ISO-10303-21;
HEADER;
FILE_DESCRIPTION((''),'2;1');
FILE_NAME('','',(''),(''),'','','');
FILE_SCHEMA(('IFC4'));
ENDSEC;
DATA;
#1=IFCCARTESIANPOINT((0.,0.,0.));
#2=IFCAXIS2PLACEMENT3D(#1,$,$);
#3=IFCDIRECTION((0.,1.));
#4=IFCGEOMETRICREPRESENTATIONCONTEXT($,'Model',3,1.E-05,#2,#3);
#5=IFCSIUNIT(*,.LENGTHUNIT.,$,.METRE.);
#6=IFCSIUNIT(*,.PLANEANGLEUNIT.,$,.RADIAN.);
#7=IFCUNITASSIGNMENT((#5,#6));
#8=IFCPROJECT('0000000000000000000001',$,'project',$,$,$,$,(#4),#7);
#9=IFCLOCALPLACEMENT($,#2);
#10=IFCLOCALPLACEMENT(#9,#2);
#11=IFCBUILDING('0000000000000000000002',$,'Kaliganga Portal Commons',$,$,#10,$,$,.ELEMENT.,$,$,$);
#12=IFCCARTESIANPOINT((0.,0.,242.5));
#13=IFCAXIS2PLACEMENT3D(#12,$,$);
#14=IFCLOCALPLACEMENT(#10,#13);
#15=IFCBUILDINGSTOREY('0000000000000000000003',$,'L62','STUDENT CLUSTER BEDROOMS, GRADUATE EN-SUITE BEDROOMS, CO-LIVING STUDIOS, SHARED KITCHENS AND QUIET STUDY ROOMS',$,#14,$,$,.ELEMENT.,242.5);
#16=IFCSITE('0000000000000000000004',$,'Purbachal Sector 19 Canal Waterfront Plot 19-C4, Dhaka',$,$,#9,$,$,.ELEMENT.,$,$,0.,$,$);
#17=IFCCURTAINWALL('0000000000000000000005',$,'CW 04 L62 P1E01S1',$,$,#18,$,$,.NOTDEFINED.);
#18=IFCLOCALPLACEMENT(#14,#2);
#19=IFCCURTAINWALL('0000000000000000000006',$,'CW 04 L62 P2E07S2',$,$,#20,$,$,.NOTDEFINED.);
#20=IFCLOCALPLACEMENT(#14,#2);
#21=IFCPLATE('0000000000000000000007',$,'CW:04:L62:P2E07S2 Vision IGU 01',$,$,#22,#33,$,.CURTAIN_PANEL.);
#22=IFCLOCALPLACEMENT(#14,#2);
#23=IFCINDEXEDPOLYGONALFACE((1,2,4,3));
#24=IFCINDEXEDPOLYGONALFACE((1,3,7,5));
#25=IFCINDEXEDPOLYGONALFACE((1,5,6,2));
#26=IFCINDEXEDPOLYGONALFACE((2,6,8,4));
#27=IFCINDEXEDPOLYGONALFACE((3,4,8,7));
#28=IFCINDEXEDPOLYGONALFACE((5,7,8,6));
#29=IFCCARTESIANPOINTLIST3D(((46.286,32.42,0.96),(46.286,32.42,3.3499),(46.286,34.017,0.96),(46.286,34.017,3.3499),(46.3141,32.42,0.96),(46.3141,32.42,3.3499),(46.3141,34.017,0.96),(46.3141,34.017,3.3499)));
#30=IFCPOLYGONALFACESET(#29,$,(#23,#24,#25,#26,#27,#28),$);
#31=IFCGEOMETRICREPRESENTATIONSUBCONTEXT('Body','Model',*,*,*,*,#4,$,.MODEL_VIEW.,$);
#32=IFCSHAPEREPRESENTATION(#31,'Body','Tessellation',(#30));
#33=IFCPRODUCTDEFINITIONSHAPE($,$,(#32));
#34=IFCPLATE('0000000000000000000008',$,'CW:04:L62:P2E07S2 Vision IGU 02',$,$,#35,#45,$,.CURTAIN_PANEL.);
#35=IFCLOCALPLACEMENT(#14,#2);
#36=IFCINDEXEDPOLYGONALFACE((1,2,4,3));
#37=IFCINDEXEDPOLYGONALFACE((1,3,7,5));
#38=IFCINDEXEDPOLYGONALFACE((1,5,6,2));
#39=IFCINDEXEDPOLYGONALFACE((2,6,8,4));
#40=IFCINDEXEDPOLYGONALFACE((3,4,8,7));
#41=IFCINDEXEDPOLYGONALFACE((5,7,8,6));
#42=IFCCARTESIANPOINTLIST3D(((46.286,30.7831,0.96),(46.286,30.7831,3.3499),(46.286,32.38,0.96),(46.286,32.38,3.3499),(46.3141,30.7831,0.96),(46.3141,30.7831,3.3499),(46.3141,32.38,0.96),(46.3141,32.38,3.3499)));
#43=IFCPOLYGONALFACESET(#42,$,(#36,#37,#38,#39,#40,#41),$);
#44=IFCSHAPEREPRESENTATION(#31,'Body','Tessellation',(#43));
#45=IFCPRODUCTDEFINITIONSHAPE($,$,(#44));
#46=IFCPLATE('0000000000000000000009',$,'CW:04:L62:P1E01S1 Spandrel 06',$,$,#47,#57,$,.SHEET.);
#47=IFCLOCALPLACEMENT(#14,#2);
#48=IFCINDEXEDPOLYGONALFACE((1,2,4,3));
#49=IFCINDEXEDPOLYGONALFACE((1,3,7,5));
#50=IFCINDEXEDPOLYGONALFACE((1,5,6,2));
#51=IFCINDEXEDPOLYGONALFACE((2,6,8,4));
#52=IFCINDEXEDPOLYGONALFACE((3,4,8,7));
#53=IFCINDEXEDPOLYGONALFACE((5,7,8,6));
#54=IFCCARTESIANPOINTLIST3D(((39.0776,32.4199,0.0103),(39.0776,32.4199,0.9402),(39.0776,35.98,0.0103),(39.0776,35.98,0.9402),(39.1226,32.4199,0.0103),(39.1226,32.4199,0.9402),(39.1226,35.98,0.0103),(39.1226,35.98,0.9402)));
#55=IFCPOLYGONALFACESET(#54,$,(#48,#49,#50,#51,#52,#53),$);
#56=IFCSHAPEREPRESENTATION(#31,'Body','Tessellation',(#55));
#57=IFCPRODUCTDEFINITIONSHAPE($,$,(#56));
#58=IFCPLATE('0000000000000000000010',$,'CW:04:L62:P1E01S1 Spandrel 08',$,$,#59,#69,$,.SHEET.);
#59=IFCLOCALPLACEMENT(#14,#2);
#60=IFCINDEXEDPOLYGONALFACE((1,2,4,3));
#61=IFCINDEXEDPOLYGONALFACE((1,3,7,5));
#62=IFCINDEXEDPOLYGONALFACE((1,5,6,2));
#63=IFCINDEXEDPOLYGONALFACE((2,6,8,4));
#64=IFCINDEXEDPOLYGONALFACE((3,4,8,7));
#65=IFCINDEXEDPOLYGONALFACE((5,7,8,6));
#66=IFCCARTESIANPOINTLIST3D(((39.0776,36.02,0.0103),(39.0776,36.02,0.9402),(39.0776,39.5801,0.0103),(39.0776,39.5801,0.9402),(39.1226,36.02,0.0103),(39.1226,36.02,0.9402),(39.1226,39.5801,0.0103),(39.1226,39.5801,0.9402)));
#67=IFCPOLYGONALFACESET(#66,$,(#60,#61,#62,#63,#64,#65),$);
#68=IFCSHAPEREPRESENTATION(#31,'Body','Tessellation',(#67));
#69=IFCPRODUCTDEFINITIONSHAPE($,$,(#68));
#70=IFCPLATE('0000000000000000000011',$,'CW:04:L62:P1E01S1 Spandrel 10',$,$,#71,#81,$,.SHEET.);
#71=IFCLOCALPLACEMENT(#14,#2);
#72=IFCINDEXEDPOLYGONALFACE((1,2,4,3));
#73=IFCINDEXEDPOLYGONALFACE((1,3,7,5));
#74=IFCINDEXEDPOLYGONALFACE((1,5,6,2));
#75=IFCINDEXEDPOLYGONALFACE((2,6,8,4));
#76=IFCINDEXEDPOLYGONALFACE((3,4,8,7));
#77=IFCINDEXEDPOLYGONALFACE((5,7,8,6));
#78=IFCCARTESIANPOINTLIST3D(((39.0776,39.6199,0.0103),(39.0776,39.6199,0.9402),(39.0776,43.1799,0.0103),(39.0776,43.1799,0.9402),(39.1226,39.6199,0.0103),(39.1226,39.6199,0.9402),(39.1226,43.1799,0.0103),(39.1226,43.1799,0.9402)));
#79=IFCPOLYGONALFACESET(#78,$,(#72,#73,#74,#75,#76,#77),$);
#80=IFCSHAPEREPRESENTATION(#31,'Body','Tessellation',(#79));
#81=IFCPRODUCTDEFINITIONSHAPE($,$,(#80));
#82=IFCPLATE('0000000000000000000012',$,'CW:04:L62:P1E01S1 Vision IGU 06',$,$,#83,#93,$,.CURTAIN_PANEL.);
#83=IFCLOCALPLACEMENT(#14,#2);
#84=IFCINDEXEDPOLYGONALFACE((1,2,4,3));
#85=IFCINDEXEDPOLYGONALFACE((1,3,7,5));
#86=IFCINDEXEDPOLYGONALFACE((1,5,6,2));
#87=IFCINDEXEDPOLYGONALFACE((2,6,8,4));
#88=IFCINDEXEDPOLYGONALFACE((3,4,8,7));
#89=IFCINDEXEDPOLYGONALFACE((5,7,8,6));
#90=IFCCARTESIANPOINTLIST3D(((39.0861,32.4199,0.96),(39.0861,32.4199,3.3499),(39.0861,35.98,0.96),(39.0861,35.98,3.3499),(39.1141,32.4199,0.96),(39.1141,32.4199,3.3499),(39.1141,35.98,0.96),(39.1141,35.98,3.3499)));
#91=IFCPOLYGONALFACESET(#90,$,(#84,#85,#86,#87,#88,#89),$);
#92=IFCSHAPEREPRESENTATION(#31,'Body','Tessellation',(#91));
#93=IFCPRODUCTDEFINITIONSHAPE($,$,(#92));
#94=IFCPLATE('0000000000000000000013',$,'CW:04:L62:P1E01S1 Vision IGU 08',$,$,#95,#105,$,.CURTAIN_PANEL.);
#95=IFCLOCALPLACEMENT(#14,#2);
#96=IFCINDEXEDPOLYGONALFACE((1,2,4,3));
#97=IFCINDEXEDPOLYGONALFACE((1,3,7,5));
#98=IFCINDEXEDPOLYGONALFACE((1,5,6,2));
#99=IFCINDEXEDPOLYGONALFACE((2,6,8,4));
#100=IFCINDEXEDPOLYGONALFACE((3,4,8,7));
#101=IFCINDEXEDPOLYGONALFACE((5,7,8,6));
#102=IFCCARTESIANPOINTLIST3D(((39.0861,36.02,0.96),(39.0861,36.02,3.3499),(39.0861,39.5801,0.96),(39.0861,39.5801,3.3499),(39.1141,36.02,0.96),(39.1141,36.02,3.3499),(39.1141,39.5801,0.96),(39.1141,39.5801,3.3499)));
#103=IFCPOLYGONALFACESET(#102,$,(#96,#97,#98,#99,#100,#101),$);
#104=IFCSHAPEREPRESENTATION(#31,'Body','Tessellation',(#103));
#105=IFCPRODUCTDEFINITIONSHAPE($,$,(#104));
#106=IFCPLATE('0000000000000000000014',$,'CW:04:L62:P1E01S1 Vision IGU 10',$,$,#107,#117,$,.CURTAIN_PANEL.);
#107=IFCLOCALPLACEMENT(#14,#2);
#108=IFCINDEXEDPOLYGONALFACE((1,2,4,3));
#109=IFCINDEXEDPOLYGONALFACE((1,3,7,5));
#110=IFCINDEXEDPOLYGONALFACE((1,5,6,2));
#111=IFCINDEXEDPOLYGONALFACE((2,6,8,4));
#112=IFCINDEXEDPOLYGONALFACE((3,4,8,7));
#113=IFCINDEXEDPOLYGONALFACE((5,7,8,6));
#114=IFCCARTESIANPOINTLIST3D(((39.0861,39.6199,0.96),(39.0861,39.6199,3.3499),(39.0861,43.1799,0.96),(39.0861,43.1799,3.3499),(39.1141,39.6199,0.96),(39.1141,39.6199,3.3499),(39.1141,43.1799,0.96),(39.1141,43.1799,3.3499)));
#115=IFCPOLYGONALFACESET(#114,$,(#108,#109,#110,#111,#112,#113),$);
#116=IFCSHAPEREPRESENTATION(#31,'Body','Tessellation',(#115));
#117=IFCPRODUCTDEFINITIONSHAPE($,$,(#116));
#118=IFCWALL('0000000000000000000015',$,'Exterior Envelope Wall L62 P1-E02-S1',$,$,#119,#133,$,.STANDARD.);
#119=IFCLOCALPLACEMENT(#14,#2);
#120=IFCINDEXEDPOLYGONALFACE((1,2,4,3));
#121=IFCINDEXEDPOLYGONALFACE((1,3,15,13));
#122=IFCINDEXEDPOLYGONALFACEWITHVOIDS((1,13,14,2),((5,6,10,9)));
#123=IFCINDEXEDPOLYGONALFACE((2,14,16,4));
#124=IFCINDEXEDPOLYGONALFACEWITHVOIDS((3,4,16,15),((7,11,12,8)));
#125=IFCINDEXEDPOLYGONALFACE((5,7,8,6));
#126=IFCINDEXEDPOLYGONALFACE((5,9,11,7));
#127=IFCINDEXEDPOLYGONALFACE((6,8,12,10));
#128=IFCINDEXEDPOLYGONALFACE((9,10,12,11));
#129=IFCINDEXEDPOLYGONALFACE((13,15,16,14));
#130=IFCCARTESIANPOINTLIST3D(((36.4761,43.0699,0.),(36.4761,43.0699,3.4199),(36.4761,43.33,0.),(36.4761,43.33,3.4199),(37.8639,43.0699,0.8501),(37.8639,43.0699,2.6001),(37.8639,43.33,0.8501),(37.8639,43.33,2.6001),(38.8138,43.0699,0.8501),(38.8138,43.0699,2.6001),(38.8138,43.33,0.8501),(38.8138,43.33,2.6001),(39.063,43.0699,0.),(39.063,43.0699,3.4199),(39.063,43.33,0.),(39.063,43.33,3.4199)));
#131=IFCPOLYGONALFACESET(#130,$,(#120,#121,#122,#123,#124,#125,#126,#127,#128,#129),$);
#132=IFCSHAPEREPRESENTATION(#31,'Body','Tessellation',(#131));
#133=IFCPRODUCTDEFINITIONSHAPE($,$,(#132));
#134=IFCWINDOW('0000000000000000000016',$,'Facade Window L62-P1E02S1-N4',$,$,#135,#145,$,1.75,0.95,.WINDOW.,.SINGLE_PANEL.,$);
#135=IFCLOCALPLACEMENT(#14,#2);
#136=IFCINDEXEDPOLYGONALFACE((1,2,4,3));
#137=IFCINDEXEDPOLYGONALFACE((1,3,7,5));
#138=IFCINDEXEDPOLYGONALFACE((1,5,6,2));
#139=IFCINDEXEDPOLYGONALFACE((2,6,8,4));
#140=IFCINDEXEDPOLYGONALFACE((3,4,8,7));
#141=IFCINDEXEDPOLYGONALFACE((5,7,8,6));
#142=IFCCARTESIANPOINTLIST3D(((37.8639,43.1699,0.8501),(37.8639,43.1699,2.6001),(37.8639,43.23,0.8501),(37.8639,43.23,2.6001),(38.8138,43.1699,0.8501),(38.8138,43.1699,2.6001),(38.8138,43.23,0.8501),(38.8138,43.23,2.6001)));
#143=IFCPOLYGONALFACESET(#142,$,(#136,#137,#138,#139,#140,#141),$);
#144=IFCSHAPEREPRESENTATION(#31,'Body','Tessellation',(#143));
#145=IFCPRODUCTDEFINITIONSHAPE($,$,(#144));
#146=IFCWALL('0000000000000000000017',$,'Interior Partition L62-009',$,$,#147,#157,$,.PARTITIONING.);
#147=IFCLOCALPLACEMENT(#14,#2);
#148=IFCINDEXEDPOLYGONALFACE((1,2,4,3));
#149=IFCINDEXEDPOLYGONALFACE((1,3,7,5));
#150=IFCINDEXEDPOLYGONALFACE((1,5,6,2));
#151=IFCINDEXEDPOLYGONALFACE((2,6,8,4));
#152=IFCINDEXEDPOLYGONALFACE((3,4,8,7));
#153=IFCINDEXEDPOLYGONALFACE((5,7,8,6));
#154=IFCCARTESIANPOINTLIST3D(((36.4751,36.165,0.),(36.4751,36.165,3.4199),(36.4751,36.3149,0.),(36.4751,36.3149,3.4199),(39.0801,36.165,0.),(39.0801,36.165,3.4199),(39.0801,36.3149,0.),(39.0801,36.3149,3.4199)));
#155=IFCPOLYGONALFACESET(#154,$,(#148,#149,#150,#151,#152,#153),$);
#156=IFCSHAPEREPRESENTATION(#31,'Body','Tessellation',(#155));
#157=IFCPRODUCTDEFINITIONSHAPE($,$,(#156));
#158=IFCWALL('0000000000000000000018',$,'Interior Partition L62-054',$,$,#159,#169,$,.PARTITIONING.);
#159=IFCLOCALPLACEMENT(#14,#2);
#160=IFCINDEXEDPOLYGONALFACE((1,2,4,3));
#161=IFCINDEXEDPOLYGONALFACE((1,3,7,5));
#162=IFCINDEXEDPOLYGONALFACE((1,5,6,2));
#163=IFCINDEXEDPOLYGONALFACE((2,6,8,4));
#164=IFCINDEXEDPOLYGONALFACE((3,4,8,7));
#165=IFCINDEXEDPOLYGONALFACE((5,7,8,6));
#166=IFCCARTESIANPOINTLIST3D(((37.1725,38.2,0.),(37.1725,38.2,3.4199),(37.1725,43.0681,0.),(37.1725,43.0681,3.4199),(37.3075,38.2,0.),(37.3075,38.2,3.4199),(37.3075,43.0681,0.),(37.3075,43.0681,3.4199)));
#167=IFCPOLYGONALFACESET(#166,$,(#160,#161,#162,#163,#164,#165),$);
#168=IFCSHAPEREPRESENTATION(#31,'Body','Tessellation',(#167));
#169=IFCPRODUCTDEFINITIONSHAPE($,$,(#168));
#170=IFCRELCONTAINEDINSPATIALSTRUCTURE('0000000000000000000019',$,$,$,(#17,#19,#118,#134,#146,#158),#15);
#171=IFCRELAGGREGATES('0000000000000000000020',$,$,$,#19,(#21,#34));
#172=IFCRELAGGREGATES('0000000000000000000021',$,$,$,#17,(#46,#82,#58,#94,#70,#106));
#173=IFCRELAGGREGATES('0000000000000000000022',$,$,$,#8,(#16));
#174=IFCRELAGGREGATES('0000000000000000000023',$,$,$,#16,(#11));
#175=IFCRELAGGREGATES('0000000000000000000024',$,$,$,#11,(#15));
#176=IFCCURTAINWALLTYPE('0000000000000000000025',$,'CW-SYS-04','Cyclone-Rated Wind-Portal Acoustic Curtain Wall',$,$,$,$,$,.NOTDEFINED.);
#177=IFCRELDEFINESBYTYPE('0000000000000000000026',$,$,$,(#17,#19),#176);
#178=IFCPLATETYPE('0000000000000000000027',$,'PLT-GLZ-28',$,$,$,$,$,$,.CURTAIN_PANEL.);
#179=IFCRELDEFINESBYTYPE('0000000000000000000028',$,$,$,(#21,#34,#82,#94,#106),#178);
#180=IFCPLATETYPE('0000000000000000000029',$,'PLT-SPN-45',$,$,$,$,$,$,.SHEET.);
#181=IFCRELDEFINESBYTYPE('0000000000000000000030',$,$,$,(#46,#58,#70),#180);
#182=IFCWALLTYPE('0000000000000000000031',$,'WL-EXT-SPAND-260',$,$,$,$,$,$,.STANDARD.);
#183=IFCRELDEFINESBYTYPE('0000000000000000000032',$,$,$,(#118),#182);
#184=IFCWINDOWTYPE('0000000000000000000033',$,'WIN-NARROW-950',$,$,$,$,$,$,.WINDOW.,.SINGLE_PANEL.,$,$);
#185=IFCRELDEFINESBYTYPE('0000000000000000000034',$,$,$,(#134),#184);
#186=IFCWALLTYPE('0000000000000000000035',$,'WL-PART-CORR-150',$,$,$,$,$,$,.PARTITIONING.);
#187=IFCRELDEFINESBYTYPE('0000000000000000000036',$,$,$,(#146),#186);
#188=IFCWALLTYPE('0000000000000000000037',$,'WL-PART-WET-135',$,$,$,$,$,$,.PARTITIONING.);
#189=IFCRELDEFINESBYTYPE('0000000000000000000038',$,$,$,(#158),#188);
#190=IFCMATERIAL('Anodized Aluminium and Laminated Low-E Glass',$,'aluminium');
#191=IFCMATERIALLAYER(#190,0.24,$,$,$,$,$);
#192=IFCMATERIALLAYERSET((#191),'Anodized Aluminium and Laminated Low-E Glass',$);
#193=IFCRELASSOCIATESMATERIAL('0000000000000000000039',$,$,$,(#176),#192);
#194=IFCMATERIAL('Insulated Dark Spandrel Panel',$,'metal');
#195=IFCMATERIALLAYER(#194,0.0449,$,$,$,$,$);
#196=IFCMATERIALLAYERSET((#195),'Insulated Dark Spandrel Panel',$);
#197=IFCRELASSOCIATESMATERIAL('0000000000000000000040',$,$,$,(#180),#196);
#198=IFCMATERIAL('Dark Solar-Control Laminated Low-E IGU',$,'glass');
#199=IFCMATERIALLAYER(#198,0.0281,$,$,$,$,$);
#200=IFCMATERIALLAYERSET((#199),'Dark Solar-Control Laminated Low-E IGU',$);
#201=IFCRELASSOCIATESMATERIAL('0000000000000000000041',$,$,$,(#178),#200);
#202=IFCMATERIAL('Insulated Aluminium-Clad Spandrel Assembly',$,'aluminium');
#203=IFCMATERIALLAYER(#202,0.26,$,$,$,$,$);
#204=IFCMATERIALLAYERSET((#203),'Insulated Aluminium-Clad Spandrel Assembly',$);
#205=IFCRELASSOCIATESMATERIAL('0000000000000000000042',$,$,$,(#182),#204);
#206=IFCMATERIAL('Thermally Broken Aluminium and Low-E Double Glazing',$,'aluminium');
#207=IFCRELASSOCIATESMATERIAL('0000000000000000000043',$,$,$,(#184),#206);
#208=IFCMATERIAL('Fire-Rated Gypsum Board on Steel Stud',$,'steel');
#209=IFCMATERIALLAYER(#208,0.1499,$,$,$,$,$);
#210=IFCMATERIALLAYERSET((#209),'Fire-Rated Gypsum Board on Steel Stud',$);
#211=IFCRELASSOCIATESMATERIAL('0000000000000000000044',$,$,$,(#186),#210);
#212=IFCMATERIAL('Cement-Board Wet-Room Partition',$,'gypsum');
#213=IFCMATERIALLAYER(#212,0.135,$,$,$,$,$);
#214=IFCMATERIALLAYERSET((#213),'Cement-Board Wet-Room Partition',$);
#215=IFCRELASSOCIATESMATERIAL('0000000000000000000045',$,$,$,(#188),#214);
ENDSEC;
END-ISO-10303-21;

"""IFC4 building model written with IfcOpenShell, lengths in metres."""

from ifc_helpers import new_model, si_unit, direction, frame, frame_2d, origin, origin_2d, place, context, subcontext, project, spatial, rectangle, extrude, source, transform, mapped, material, layer, layer_set, type_object, element, fill, aggregate, save


model = new_model("IFC4")

# Units and contexts
model_context = context("Model", 3, precision=1e-05, world=origin(), true_north=direction((0.0, 1.0)))
body_context = subcontext(model_context, "Body", "Model", "MODEL_VIEW")
ifc_project = project(units=[si_unit("LENGTHUNIT", "METRE"), si_unit("PLANEANGLEUNIT", "RADIAN")], contexts=[model_context])

# Site, building, storey
site_placement = place(None, origin())
site = spatial("IfcSite", under=ifc_project, at=site_placement, Name="Purbachal Sector 19 Canal Waterfront Plot 19-C4, Dhaka", CompositionType="ELEMENT", RefElevation=0.0)
building_placement = place(site_placement, origin())
building = spatial("IfcBuilding", under=site, at=building_placement, Name="Kaliganga Portal Commons", CompositionType="ELEMENT")
storey_placement = place(building_placement, frame((0.0, 0.0, 242.5)))
storey = spatial("IfcBuildingStorey", under=building, at=storey_placement, Name="L62", Description="STUDENT CLUSTER BEDROOMS, GRADUATE EN-SUITE BEDROOMS, CO-LIVING STUDIOS, SHARED KITCHENS AND QUIET STUDY ROOMS", CompositionType="ELEMENT", Elevation=242.5)

# Curtain wall
ifc_material_1 = material(Name="Anodized Aluminium and Laminated Low-E Glass", Category="aluminium")
ifc_layer_1 = layer(ifc_material_1, 0.24)
ifc_layer_set_1 = layer_set([ifc_layer_1], Name="Anodized Aluminium and Laminated Low-E Glass")
curtain_wall_type = type_object("IfcCurtainWallType", Name="CW-SYS-04", Description="Cyclone-Rated Wind-Portal Acoustic Curtain Wall", PredefinedType="NOTDEFINED", material=ifc_layer_set_1)
curtain_wall_1_placement = place(storey_placement, origin())
curtain_wall_1 = element("IfcCurtainWall", 1, at=curtain_wall_1_placement, inside=storey, type_object=curtain_wall_type, Name="CW 04 L62 P1E01S1", PredefinedType="NOTDEFINED")

# Curtain wall, plates
curtain_wall_2_placement = place(storey_placement, origin())
curtain_wall_2 = element("IfcCurtainWall", 2, at=curtain_wall_2_placement, inside=storey, type_object=curtain_wall_type, Name="CW 04 L62 P2E07S2", PredefinedType="NOTDEFINED")
ifc_material_2 = material(Name="Insulated Dark Spandrel Panel", Category="metal")
ifc_layer_2 = layer(ifc_material_2, 0.0449)
ifc_layer_set_2 = layer_set([ifc_layer_2], Name="Insulated Dark Spandrel Panel")
plate_type_1 = type_object("IfcPlateType", Name="PLT-SPN-45", PredefinedType="SHEET", material=ifc_layer_set_2)
ifc_material_3 = material(Name="Dark Solar-Control Laminated Low-E IGU", Category="glass")
ifc_layer_3 = layer(ifc_material_3, 0.0281)
ifc_layer_set_3 = layer_set([ifc_layer_3], Name="Dark Solar-Control Laminated Low-E IGU")
plate_type_2 = type_object("IfcPlateType", Name="PLT-GLZ-28", PredefinedType="CURTAIN_PANEL", material=ifc_layer_set_3)
shared_shape_1 = source(origin(), body_context, "Body", "SweptSolid", [
    extrude(rectangle(XDim=1.5969, YDim=0.0281, at=origin_2d()), origin(), (0.0, 0.0, 1.0), 2.3899),
])
plate_1_placement = place(storey_placement, frame((46.3, 33.2185, 0.96), z_axis=(0.0, 0.0, 1.0), x_axis=(0.0, -1.0, 0.0)))
plate_1 = element("IfcPlate", 3, at=plate_1_placement, type_object=plate_type_2, Name="CW:04:L62:P2E07S2 Vision IGU 01", PredefinedType="CURTAIN_PANEL", context=body_context, shape_type="MappedRepresentation", body=[
    mapped(shared_shape_1, transform((0.0, 0.0, 0.0), x_axis=(1.0, 0.0, 0.0), y_axis=(0.0, 1.0, 0.0), z_axis=(0.0, 0.0, 1.0), scale=1.0)),
])
plate_2_placement = place(storey_placement, frame((46.3, 31.5815, 0.96), z_axis=(0.0, 0.0, 1.0), x_axis=(0.0, -1.0, 0.0)))
plate_2 = element("IfcPlate", 4, at=plate_2_placement, type_object=plate_type_2, Name="CW:04:L62:P2E07S2 Vision IGU 02", PredefinedType="CURTAIN_PANEL", context=body_context, shape_type="MappedRepresentation", body=[
    mapped(shared_shape_1, transform((0.0, 0.0, 0.0), x_axis=(1.0, 0.0, 0.0), y_axis=(0.0, 1.0, 0.0), z_axis=(0.0, 0.0, 1.0), scale=1.0)),
])
aggregate(curtain_wall_2, [plate_1, plate_2])

# Plates
shared_shape_2 = source(origin(), body_context, "Body", "SweptSolid", [
    extrude(rectangle(XDim=3.5601, YDim=0.0449, at=origin_2d()), origin(), (0.0, 0.0, 1.0), 0.9299),
])
plate_3_placement = place(storey_placement, frame((39.1001, 34.2, 0.0103), z_axis=(0.0, 0.0, 1.0), x_axis=(0.0, 1.0, 0.0)))
plate_3 = element("IfcPlate", 5, at=plate_3_placement, type_object=plate_type_1, Name="CW:04:L62:P1E01S1 Spandrel 06", PredefinedType="SHEET", context=body_context, shape_type="MappedRepresentation", body=[
    mapped(shared_shape_2, transform((0.0, 0.0, 0.0), x_axis=(1.0, 0.0, 0.0), y_axis=(0.0, 1.0, 0.0), z_axis=(0.0, 0.0, 1.0), scale=1.0)),
])
plate_4_placement = place(storey_placement, frame((39.1001, 37.8, 0.0103), z_axis=(0.0, 0.0, 1.0), x_axis=(0.0, 1.0, 0.0)))
plate_4 = element("IfcPlate", 6, at=plate_4_placement, type_object=plate_type_1, Name="CW:04:L62:P1E01S1 Spandrel 08", PredefinedType="SHEET", context=body_context, shape_type="MappedRepresentation", body=[
    mapped(shared_shape_2, transform((0.0, 0.0, 0.0), x_axis=(1.0, 0.0, 0.0), y_axis=(0.0, 1.0, 0.0), z_axis=(0.0, 0.0, 1.0), scale=1.0)),
])
plate_5_placement = place(storey_placement, frame((39.1001, 41.3999, 0.0103), z_axis=(0.0, 0.0, 1.0), x_axis=(0.0, 1.0, 0.0)))
plate_5 = element("IfcPlate", 7, at=plate_5_placement, type_object=plate_type_1, Name="CW:04:L62:P1E01S1 Spandrel 10", PredefinedType="SHEET", context=body_context, shape_type="MappedRepresentation", body=[
    mapped(shared_shape_2, transform((0.0, 0.0, 0.0), x_axis=(1.0, 0.0, 0.0), y_axis=(0.0, 1.0, 0.0), z_axis=(0.0, 0.0, 1.0), scale=1.0)),
])
shared_shape_3 = source(origin(), body_context, "Body", "SweptSolid", [
    extrude(rectangle(XDim=3.5601, YDim=0.0281, at=origin_2d()), origin(), (0.0, 0.0, 1.0), 2.3899),
])
plate_6_placement = place(storey_placement, frame((39.1001, 34.2, 0.96), z_axis=(0.0, 0.0, 1.0), x_axis=(0.0, 1.0, 0.0)))
plate_6 = element("IfcPlate", 8, at=plate_6_placement, type_object=plate_type_2, Name="CW:04:L62:P1E01S1 Vision IGU 06", PredefinedType="CURTAIN_PANEL", context=body_context, shape_type="MappedRepresentation", body=[
    mapped(shared_shape_3, transform((0.0, 0.0, 0.0), x_axis=(1.0, 0.0, 0.0), y_axis=(0.0, 1.0, 0.0), z_axis=(0.0, 0.0, 1.0), scale=1.0)),
])
plate_7_placement = place(storey_placement, frame((39.1001, 37.8, 0.96), z_axis=(0.0, 0.0, 1.0), x_axis=(0.0, 1.0, 0.0)))
plate_7 = element("IfcPlate", 9, at=plate_7_placement, type_object=plate_type_2, Name="CW:04:L62:P1E01S1 Vision IGU 08", PredefinedType="CURTAIN_PANEL", context=body_context, shape_type="MappedRepresentation", body=[
    mapped(shared_shape_3, transform((0.0, 0.0, 0.0), x_axis=(1.0, 0.0, 0.0), y_axis=(0.0, 1.0, 0.0), z_axis=(0.0, 0.0, 1.0), scale=1.0)),
])
plate_8_placement = place(storey_placement, frame((39.1001, 41.3999, 0.96), z_axis=(0.0, 0.0, 1.0), x_axis=(0.0, 1.0, 0.0)))
plate_8 = element("IfcPlate", 10, at=plate_8_placement, type_object=plate_type_2, Name="CW:04:L62:P1E01S1 Vision IGU 10", PredefinedType="CURTAIN_PANEL", context=body_context, shape_type="MappedRepresentation", body=[
    mapped(shared_shape_3, transform((0.0, 0.0, 0.0), x_axis=(1.0, 0.0, 0.0), y_axis=(0.0, 1.0, 0.0), z_axis=(0.0, 0.0, 1.0), scale=1.0)),
])
aggregate(curtain_wall_1, [plate_3, plate_6, plate_4, plate_7, plate_5, plate_8])

# Wall, opening, window
ifc_material_4 = material(Name="Insulated Aluminium-Clad Spandrel Assembly", Category="aluminium")
ifc_layer_4 = layer(ifc_material_4, 0.26)
ifc_layer_set_4 = layer_set([ifc_layer_4], Name="Insulated Aluminium-Clad Spandrel Assembly")
wall_type_1 = type_object("IfcWallType", Name="WL-EXT-SPAND-260", PredefinedType="STANDARD", material=ifc_layer_set_4)
wall_1_placement = place(storey_placement, frame((36.4761, 43.2, 0.0), z_axis=(0.0, 0.0, 1.0), x_axis=(1.0, 0.0, 0.0)))
wall_1 = element("IfcWall", 11, at=wall_1_placement, inside=storey, type_object=wall_type_1, Name="Exterior Envelope Wall L62 P1-E02-S1", PredefinedType="STANDARD", context=body_context, shape_type="SweptSolid", body=[
    extrude(rectangle(XDim=2.5869, YDim=0.26, at=frame_2d((1.2935, 0.0))), origin(), (0.0, 0.0, 1.0), 3.4199),
])
opening_1_placement = place(wall_1_placement, frame((1.3877, 0.0, 0.8501)))
opening_1 = element("IfcOpeningElement", 12, at=opening_1_placement, cuts=wall_1, PredefinedType="OPENING", context=body_context, shape_type="SweptSolid", body=[
    extrude(rectangle(XDim=0.95, YDim=1.75, at=frame_2d((0.4751, 0.875))), frame((0.0, 0.1401, 0.0), z_axis=(0.0, -1.0, 0.0), x_axis=(1.0, 0.0, 0.0)), (0.0, 0.0, 1.0), 0.28),
])
ifc_material_5 = material(Name="Thermally Broken Aluminium and Low-E Double Glazing", Category="aluminium")
window_type = type_object("IfcWindowType", Name="WIN-NARROW-950", PartitioningType="SINGLE_PANEL", PredefinedType="WINDOW", material=ifc_material_5)
window_placement = place(opening_1_placement, origin())
window = element("IfcWindow", 13, at=window_placement, inside=storey, type_object=window_type, Name="Facade Window L62-P1E02S1-N4", OverallHeight=1.75, OverallWidth=0.95, PartitioningType="SINGLE_PANEL", PredefinedType="WINDOW", context=body_context, shape_type="SweptSolid", body=[
    extrude(rectangle(XDim=0.95, YDim=1.75, at=frame_2d((0.4751, 0.875))), frame((0.0, 0.03, 0.0), z_axis=(0.0, -1.0, 0.0), x_axis=(1.0, 0.0, 0.0)), (0.0, 0.0, 1.0), 0.0601),
])
fill(opening_1, window)

# Wall
ifc_material_6 = material(Name="Fire-Rated Gypsum Board on Steel Stud", Category="steel")
ifc_layer_5 = layer(ifc_material_6, 0.1499)
ifc_layer_set_5 = layer_set([ifc_layer_5], Name="Fire-Rated Gypsum Board on Steel Stud")
wall_type_2 = type_object("IfcWallType", Name="WL-PART-CORR-150", PredefinedType="PARTITIONING", material=ifc_layer_set_5)
wall_2_placement = place(storey_placement, frame((36.4751, 36.24, 0.0), z_axis=(0.0, 0.0, 1.0), x_axis=(1.0, 0.0, 0.0)))
element("IfcWall", 14, at=wall_2_placement, inside=storey, type_object=wall_type_2, Name="Interior Partition L62-009", PredefinedType="PARTITIONING", context=body_context, shape_type="SweptSolid", body=[
    extrude(rectangle(XDim=2.605, YDim=0.1499, at=frame_2d((1.3025, 0.0))), origin(), (0.0, 0.0, 1.0), 3.4199),
])

# Wall
ifc_material_7 = material(Name="Cement-Board Wet-Room Partition", Category="gypsum")
ifc_layer_6 = layer(ifc_material_7, 0.135)
ifc_layer_set_6 = layer_set([ifc_layer_6], Name="Cement-Board Wet-Room Partition")
wall_type_3 = type_object("IfcWallType", Name="WL-PART-WET-135", PredefinedType="PARTITIONING", material=ifc_layer_set_6)
wall_3_placement = place(storey_placement, frame((37.24, 38.2, 0.0), z_axis=(0.0, 0.0, 1.0), x_axis=(0.0, 1.0, 0.0)))
element("IfcWall", 15, at=wall_3_placement, inside=storey, type_object=wall_type_3, Name="Interior Partition L62-054", PredefinedType="PARTITIONING", context=body_context, shape_type="SweptSolid", body=[
    extrude(rectangle(XDim=4.8682, YDim=0.135, at=frame_2d((2.4341, 0.0))), origin(), (0.0, 0.0, 1.0), 3.4199),
])

save(model, "model.ifc")
